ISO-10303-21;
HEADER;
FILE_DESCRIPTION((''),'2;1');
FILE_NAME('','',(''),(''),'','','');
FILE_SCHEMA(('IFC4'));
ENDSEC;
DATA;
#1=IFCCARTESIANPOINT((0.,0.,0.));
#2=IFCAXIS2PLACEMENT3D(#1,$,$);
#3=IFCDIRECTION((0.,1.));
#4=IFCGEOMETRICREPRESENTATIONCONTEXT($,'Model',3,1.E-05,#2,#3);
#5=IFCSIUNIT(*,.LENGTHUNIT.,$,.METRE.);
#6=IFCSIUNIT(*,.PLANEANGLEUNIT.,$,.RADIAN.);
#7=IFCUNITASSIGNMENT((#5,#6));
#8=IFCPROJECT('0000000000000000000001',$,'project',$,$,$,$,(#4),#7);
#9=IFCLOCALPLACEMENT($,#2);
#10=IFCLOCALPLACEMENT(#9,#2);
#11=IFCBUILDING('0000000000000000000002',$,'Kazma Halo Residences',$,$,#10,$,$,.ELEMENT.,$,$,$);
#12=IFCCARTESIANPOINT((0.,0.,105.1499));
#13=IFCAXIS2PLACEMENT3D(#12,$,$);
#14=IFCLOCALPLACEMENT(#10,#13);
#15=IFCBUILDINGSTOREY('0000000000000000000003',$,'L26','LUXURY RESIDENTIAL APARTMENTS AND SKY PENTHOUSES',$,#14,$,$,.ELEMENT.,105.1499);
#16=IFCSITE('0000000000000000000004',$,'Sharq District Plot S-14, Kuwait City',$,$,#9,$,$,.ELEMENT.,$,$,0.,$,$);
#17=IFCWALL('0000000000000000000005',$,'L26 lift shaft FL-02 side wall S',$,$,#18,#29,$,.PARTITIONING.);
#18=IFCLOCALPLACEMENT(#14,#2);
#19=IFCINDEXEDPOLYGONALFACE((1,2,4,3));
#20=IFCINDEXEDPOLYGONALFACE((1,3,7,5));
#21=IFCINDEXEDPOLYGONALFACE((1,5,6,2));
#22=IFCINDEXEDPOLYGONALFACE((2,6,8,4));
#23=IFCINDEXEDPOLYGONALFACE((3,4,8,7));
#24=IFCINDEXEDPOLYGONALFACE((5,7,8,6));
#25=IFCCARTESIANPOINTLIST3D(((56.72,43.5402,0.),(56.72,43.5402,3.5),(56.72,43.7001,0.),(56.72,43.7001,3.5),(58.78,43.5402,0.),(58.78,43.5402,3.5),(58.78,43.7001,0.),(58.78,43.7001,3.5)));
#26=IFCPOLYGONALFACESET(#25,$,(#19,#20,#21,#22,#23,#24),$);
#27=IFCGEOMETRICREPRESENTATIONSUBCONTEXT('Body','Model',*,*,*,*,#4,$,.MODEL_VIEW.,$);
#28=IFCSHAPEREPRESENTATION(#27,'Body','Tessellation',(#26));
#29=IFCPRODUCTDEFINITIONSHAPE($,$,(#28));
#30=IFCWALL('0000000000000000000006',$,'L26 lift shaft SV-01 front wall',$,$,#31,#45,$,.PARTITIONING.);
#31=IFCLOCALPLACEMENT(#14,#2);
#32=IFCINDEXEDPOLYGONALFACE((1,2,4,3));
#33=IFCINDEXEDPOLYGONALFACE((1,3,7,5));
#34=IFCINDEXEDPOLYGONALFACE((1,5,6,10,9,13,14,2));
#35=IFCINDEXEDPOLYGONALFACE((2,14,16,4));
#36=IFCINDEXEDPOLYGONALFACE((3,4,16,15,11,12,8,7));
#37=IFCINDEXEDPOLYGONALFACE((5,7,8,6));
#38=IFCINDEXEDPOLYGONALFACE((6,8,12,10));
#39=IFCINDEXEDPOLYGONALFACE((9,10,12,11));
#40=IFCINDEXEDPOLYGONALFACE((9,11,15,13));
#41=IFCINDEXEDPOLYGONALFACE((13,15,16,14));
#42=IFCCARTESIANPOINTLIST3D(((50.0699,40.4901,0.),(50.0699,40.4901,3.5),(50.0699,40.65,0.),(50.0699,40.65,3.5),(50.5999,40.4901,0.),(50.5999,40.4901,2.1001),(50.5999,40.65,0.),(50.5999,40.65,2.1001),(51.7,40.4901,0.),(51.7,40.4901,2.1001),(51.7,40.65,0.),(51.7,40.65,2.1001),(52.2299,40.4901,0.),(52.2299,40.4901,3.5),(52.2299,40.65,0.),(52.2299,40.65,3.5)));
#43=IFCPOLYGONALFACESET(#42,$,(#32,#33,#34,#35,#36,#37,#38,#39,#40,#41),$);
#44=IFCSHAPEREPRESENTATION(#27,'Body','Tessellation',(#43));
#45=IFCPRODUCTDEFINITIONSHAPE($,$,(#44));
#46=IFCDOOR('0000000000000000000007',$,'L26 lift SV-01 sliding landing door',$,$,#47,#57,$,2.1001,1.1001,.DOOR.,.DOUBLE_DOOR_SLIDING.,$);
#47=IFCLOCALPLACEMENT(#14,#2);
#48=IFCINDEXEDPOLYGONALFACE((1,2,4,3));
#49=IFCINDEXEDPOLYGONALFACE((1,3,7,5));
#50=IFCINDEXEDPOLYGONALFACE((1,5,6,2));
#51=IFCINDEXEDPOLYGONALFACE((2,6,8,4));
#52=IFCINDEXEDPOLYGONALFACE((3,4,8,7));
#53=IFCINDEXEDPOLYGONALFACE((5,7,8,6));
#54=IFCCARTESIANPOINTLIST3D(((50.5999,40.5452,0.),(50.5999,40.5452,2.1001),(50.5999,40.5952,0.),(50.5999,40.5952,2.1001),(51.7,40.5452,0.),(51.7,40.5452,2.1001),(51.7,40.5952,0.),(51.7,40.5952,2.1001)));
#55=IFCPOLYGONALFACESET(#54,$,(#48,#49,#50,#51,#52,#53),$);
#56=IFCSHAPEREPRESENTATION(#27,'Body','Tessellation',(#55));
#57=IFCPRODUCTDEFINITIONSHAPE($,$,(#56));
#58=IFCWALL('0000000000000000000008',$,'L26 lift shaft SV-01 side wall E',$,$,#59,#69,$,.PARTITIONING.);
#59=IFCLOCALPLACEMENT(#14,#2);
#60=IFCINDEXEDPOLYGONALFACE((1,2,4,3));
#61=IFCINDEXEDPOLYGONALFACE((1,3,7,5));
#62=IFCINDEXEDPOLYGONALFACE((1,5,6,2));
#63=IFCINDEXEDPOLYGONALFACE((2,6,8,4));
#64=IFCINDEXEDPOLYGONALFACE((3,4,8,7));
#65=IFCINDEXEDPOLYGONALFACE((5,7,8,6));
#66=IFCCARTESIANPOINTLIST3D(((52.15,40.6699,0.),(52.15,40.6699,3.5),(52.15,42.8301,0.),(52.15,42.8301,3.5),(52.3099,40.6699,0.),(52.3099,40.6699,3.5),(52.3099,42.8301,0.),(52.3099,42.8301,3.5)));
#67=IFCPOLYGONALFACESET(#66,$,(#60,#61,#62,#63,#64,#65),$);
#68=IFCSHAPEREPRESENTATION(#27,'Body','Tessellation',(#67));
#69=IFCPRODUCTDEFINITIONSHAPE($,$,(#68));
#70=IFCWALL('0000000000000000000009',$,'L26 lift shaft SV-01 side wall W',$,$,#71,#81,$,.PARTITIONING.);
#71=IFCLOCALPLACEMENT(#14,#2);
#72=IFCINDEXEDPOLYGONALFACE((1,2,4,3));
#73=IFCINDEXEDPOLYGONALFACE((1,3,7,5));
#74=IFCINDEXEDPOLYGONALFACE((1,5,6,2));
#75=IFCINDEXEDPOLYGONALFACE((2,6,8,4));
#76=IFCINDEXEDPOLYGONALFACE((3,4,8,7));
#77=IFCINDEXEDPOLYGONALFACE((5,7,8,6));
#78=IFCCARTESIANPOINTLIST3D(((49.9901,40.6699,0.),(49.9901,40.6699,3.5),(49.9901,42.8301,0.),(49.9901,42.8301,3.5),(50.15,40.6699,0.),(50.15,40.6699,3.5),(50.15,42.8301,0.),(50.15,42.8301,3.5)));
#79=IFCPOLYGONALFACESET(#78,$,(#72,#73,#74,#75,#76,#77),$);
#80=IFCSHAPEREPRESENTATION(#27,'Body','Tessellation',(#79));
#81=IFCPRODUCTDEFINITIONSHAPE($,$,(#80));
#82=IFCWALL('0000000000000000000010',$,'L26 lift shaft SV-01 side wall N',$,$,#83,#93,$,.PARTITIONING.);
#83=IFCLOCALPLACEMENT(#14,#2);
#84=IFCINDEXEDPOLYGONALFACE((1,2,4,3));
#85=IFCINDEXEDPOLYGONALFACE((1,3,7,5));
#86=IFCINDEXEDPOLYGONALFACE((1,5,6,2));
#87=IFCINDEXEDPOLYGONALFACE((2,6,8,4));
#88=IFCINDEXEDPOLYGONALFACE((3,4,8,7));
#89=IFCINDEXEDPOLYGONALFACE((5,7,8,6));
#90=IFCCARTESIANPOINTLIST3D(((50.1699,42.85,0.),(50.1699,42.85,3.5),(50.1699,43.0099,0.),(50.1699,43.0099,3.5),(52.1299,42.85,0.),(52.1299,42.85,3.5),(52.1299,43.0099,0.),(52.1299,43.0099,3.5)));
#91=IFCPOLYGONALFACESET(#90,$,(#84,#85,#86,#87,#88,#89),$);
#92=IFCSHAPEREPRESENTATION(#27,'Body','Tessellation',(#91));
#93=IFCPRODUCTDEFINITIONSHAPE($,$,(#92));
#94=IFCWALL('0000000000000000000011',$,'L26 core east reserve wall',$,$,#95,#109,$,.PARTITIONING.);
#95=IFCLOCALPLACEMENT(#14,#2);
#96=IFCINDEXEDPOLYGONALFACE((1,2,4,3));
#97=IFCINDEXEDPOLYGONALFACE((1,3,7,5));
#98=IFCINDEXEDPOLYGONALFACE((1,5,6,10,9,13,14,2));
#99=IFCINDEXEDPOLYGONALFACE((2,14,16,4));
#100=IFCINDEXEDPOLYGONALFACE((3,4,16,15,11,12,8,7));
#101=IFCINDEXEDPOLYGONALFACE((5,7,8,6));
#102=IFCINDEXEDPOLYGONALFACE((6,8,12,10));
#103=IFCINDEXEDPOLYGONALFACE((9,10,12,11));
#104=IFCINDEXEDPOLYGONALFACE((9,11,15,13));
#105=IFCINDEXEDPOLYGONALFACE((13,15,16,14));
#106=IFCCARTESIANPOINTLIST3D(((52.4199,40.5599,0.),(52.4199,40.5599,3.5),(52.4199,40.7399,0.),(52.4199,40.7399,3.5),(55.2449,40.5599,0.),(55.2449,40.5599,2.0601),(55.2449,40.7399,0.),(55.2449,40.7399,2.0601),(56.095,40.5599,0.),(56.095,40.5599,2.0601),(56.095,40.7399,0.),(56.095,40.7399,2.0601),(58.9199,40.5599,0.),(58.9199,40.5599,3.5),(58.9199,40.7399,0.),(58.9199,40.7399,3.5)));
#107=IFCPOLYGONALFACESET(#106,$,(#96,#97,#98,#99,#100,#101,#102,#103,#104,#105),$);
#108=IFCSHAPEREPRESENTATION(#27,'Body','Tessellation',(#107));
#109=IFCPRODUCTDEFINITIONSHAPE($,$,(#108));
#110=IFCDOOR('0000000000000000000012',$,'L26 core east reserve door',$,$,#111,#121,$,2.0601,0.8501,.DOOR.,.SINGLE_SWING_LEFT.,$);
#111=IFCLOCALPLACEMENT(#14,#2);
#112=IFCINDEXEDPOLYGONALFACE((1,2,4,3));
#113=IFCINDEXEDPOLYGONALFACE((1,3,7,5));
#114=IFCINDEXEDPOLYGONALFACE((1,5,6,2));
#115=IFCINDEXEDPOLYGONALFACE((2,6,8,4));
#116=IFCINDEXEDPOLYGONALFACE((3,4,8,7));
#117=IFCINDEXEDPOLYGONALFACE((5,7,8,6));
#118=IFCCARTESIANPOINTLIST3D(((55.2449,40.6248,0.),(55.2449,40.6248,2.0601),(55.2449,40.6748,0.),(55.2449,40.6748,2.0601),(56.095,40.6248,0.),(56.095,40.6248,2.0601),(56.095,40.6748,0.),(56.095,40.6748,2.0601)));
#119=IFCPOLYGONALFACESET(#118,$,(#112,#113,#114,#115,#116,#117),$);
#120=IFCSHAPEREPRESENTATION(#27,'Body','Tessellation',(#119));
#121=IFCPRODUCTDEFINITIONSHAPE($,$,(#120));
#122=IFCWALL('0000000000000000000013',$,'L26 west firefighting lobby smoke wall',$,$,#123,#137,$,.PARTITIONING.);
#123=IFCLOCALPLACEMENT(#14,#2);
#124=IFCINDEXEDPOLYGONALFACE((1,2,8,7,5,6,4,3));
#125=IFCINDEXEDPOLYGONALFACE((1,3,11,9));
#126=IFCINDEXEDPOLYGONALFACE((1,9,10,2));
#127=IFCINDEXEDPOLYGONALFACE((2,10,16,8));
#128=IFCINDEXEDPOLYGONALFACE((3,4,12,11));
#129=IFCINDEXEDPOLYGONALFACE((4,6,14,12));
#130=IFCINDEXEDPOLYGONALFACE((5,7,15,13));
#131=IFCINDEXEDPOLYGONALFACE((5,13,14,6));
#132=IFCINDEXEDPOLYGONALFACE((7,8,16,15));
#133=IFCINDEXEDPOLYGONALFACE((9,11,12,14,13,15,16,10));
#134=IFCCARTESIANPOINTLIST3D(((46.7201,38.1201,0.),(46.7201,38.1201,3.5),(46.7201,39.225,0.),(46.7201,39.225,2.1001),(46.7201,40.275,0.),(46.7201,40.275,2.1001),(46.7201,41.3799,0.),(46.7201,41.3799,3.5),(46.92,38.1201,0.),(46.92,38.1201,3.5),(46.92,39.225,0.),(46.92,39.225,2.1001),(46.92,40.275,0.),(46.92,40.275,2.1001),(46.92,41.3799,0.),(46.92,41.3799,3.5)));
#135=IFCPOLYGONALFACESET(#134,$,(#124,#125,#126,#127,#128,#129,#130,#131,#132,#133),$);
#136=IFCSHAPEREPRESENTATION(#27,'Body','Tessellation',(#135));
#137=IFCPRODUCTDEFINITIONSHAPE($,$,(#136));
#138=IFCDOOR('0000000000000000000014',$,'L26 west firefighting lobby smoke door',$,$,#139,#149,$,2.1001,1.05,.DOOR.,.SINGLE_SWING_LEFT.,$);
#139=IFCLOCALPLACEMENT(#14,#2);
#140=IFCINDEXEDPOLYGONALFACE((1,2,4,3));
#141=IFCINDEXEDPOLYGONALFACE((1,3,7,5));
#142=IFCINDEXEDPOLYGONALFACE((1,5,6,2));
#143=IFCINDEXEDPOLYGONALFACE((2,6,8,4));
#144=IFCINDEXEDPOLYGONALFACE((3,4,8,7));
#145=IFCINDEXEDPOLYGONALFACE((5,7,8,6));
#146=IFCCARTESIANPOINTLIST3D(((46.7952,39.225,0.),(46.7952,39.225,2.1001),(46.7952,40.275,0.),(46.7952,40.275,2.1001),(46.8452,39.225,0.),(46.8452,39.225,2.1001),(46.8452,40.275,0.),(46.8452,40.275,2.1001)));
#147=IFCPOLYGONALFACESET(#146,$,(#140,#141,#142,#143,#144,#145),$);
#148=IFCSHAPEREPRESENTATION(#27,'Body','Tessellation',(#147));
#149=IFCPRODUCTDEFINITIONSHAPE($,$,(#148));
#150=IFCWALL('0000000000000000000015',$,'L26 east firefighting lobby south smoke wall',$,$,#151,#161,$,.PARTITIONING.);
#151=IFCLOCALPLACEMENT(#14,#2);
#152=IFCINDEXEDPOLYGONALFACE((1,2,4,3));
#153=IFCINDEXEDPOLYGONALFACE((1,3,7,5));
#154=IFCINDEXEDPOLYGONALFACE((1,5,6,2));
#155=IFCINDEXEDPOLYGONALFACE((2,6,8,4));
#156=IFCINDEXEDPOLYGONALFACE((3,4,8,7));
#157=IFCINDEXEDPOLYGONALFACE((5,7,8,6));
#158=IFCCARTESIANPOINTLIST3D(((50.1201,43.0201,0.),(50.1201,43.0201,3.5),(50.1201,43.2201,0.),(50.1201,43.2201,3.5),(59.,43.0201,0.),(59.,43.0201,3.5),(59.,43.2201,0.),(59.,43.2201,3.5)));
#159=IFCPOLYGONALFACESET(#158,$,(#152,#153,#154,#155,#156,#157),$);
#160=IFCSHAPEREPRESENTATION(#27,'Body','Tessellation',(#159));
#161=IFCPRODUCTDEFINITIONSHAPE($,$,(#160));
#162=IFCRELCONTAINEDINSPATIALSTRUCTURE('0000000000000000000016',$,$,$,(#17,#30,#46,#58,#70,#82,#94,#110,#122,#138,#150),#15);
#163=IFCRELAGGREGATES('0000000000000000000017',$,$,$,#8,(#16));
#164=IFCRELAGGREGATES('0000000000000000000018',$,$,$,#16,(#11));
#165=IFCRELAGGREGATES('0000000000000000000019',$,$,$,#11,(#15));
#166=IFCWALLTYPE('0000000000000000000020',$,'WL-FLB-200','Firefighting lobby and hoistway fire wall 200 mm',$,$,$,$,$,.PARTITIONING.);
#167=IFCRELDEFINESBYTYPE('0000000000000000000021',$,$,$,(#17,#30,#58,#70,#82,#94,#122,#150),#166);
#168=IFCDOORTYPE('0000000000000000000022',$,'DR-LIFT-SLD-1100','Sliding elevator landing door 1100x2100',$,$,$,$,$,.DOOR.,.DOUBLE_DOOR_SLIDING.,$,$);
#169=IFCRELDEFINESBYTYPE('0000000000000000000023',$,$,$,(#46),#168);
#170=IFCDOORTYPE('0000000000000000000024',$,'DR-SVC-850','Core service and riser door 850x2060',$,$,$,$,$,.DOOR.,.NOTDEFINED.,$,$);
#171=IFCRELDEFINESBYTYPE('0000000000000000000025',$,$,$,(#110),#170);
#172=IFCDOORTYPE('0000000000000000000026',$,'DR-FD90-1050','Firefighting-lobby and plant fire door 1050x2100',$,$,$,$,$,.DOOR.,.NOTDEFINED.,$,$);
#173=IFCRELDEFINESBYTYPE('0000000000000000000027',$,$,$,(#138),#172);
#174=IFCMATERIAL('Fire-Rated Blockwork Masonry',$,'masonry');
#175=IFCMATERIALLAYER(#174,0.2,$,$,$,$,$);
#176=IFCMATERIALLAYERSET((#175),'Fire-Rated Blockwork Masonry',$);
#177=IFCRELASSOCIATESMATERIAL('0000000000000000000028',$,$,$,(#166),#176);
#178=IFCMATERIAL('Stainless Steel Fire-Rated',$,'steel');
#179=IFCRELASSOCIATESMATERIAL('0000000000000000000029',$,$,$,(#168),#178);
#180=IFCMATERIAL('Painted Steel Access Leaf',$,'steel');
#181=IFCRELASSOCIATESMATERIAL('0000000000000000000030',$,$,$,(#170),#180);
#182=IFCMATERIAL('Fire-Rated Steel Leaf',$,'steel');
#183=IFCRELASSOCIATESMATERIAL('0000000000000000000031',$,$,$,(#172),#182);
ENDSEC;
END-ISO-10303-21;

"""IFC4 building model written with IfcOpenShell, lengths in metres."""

from ifc_helpers import new_model, si_unit, direction, frame, frame_2d, origin, place, context, subcontext, project, spatial, rectangle, extrude, material, layer, layer_set, type_object, element, fill, save


model = new_model("IFC4")

# Units and contexts
model_context = context("Model", 3, precision=1e-05, world=origin(), true_north=direction((0.0, 1.0)))
body_context = subcontext(model_context, "Body", "Model", "MODEL_VIEW")
ifc_project = project(units=[si_unit("LENGTHUNIT", "METRE"), si_unit("PLANEANGLEUNIT", "RADIAN")], contexts=[model_context])

# Site, building, storey
site_placement = place(None, origin())
site = spatial("IfcSite", under=ifc_project, at=site_placement, Name="Sharq District Plot S-14, Kuwait City", CompositionType="ELEMENT", RefElevation=0.0)
building_placement = place(site_placement, origin())
building = spatial("IfcBuilding", under=site, at=building_placement, Name="Kazma Halo Residences", CompositionType="ELEMENT")
storey_placement = place(building_placement, frame((0.0, 0.0, 105.1499)))
storey = spatial("IfcBuildingStorey", under=building, at=storey_placement, Name="L26", Description="LUXURY RESIDENTIAL APARTMENTS AND SKY PENTHOUSES", CompositionType="ELEMENT", Elevation=105.1499)

# Wall
ifc_material_1 = material(Name="Fire-Rated Blockwork Masonry", Category="masonry")
ifc_layer_1 = layer(ifc_material_1, 0.2)
ifc_layer_set_1 = layer_set([ifc_layer_1], Name="Fire-Rated Blockwork Masonry")
wall_type_1 = type_object("IfcWallType", Name="WL-FLB-200", Description="Firefighting lobby and hoistway fire wall 200 mm", PredefinedType="PARTITIONING", material=ifc_layer_set_1)
wall_1_placement = place(storey_placement, frame((56.72, 43.6201, 0.0), z_axis=(0.0, 0.0, 1.0), x_axis=(1.0, 0.0, 0.0)))
element("IfcWall", 1, at=wall_1_placement, inside=storey, type_object=wall_type_1, Name="L26 lift shaft FL-02 side wall S", PredefinedType="PARTITIONING", context=body_context, shape_type="SweptSolid", body=[
    extrude(rectangle(XDim=2.0601, YDim=0.1599, at=frame_2d((1.03, 0.0))), origin(), (0.0, 0.0, 1.0), 3.5),
])

# Wall, opening, door
wall_2_placement = place(storey_placement, frame((52.23, 40.5701, 0.0), z_axis=(0.0, 0.0, 1.0), x_axis=(-1.0, 0.0, 0.0)))
wall_2 = element("IfcWall", 2, at=wall_2_placement, inside=storey, type_object=wall_type_1, Name="L26 lift shaft SV-01 front wall", PredefinedType="PARTITIONING", context=body_context, shape_type="SweptSolid", body=[
    extrude(rectangle(XDim=2.1599, YDim=0.1599, at=frame_2d((1.0801, 0.0))), origin(), (0.0, 0.0, 1.0), 3.5),
])
opening_1_placement = place(wall_2_placement, frame((0.53, 0.0, 0.0)))
opening_1 = element("IfcOpeningElement", 3, at=opening_1_placement, cuts=wall_2, PredefinedType="OPENING", context=body_context, shape_type="SweptSolid", body=[
    extrude(rectangle(XDim=1.1001, YDim=2.1001, at=frame_2d((0.55, 1.05))), frame((0.0, 0.0898, 0.0), z_axis=(0.0, -1.0, 0.0), x_axis=(1.0, 0.0, 0.0)), (0.0, 0.0, 1.0), 0.1799),
])
ifc_material_2 = material(Name="Stainless Steel Fire-Rated", Category="steel")
door_type_1 = type_object("IfcDoorType", Name="DR-LIFT-SLD-1100", Description="Sliding elevator landing door 1100x2100", OperationType="DOUBLE_DOOR_SLIDING", PredefinedType="DOOR", material=ifc_material_2)
door_1_placement = place(opening_1_placement, origin())
door_1 = element("IfcDoor", 4, at=door_1_placement, inside=storey, type_object=door_type_1, Name="L26 lift SV-01 sliding landing door", OperationType="DOUBLE_DOOR_SLIDING", OverallHeight=2.1001, OverallWidth=1.1001, PredefinedType="DOOR", context=body_context, shape_type="SweptSolid", body=[
    extrude(rectangle(XDim=1.1001, YDim=2.1001, at=frame_2d((0.55, 1.05))), frame((0.0, 0.0249, 0.0), z_axis=(0.0, -1.0, 0.0), x_axis=(1.0, 0.0, 0.0)), (0.0, 0.0, 1.0), 0.05),
])
fill(opening_1, door_1)

# Walls
for number, where, z_axis, x_axis, name in (
    (5, (52.23, 40.6699, 0.0), (0.0, 0.0, 1.0), (0.0, 1.0, 0.0), "L26 lift shaft SV-01 side wall E"),
    (6, (50.0701, 40.6699, 0.0), (0.0, 0.0, 1.0), (0.0, 1.0, 0.0), "L26 lift shaft SV-01 side wall W"),
):
    element("IfcWall", number, at=place(storey_placement, frame(where, z_axis=z_axis, x_axis=x_axis)), inside=storey, type_object=wall_type_1, Name=name, PredefinedType="PARTITIONING", context=body_context, shape_type="SweptSolid", body=[
        extrude(rectangle(XDim=2.1602, YDim=0.1599, at=frame_2d((1.0801, 0.0))), origin(), (0.0, 0.0, 1.0), 3.5),
    ])
wall_3_placement = place(storey_placement, frame((50.1699, 42.9299, 0.0), z_axis=(0.0, 0.0, 1.0), x_axis=(1.0, 0.0, 0.0)))
element("IfcWall", 7, at=wall_3_placement, inside=storey, type_object=wall_type_1, Name="L26 lift shaft SV-01 side wall N", PredefinedType="PARTITIONING", context=body_context, shape_type="SweptSolid", body=[
    extrude(rectangle(XDim=1.96, YDim=0.1599, at=frame_2d((0.98, 0.0))), origin(), (0.0, 0.0, 1.0), 3.5),
])

# Walls, openings, doors
wall_4_placement = place(storey_placement, frame((52.4199, 40.6499, 0.0), z_axis=(0.0, 0.0, 1.0), x_axis=(1.0, 0.0, 0.0)))
wall_4 = element("IfcWall", 8, at=wall_4_placement, inside=storey, type_object=wall_type_1, Name="L26 core east reserve wall", PredefinedType="PARTITIONING", context=body_context, shape_type="SweptSolid", body=[
    extrude(rectangle(XDim=6.5, YDim=0.1799, at=frame_2d((3.25, 0.0))), origin(), (0.0, 0.0, 1.0), 3.5),
])
opening_2_placement = place(wall_4_placement, frame((2.825, 0.0, 0.0)))
opening_2 = element("IfcOpeningElement", 9, at=opening_2_placement, cuts=wall_4, PredefinedType="OPENING", context=body_context, shape_type="SweptSolid", body=[
    extrude(rectangle(XDim=0.8501, YDim=2.0601, at=frame_2d((0.425, 1.03))), frame((0.0, 0.0999, 0.0), z_axis=(0.0, -1.0, 0.0), x_axis=(1.0, 0.0, 0.0)), (0.0, 0.0, 1.0), 0.2),
])
ifc_material_3 = material(Name="Painted Steel Access Leaf", Category="steel")
door_type_2 = type_object("IfcDoorType", Name="DR-SVC-850", Description="Core service and riser door 850x2060", OperationType="NOTDEFINED", PredefinedType="DOOR", material=ifc_material_3)
door_2_placement = place(opening_2_placement, origin())
door_2 = element("IfcDoor", 10, at=door_2_placement, inside=storey, type_object=door_type_2, Name="L26 core east reserve door", OperationType="SINGLE_SWING_LEFT", OverallHeight=2.0601, OverallWidth=0.8501, PredefinedType="DOOR", context=body_context, shape_type="SweptSolid", body=[
    extrude(rectangle(XDim=0.8501, YDim=2.0601, at=frame_2d((0.425, 1.03))), frame((0.0, 0.0249, 0.0), z_axis=(0.0, -1.0, 0.0), x_axis=(1.0, 0.0, 0.0)), (0.0, 0.0, 1.0), 0.05),
])
fill(opening_2, door_2)
wall_5_placement = place(storey_placement, frame((46.8201, 38.1201, 0.0), z_axis=(0.0, 0.0, 1.0), x_axis=(0.0, 1.0, 0.0)))
wall_5 = element("IfcWall", 11, at=wall_5_placement, inside=storey, type_object=wall_type_1, Name="L26 west firefighting lobby smoke wall", PredefinedType="PARTITIONING", context=body_context, shape_type="SweptSolid", body=[
    extrude(rectangle(XDim=3.2598, YDim=0.2, at=frame_2d((1.6299, 0.0))), origin(), (0.0, 0.0, 1.0), 3.5),
])
opening_3_placement = place(wall_5_placement, frame((1.105, 0.0, 0.0)))
opening_3 = element("IfcOpeningElement", 12, at=opening_3_placement, cuts=wall_5, PredefinedType="OPENING", context=body_context, shape_type="SweptSolid", body=[
    extrude(rectangle(XDim=1.05, YDim=2.1001, at=frame_2d((0.5249, 1.05))), frame((0.0, 0.1099, 0.0), z_axis=(0.0, -1.0, 0.0), x_axis=(1.0, 0.0, 0.0)), (0.0, 0.0, 1.0), 0.22),
])
ifc_material_4 = material(Name="Fire-Rated Steel Leaf", Category="steel")
door_type_3 = type_object("IfcDoorType", Name="DR-FD90-1050", Description="Firefighting-lobby and plant fire door 1050x2100", OperationType="NOTDEFINED", PredefinedType="DOOR", material=ifc_material_4)
door_3_placement = place(opening_3_placement, origin())
door_3 = element("IfcDoor", 13, at=door_3_placement, inside=storey, type_object=door_type_3, Name="L26 west firefighting lobby smoke door", OperationType="SINGLE_SWING_LEFT", OverallHeight=2.1001, OverallWidth=1.05, PredefinedType="DOOR", context=body_context, shape_type="SweptSolid", body=[
    extrude(rectangle(XDim=1.05, YDim=2.1001, at=frame_2d((0.5249, 1.05))), frame((0.0, 0.0249, 0.0), z_axis=(0.0, -1.0, 0.0), x_axis=(1.0, 0.0, 0.0)), (0.0, 0.0, 1.0), 0.05),
])
fill(opening_3, door_3)

# Wall
wall_6_placement = place(storey_placement, frame((50.1201, 43.1201, 0.0), z_axis=(0.0, 0.0, 1.0), x_axis=(1.0, 0.0, 0.0)))
element("IfcWall", 14, at=wall_6_placement, inside=storey, type_object=wall_type_1, Name="L26 east firefighting lobby south smoke wall", PredefinedType="PARTITIONING", context=body_context, shape_type="SweptSolid", body=[
    extrude(rectangle(XDim=8.8799, YDim=0.2, at=frame_2d((4.4399, 0.0))), origin(), (0.0, 0.0, 1.0), 3.5),
])

save(model, "model.ifc")
